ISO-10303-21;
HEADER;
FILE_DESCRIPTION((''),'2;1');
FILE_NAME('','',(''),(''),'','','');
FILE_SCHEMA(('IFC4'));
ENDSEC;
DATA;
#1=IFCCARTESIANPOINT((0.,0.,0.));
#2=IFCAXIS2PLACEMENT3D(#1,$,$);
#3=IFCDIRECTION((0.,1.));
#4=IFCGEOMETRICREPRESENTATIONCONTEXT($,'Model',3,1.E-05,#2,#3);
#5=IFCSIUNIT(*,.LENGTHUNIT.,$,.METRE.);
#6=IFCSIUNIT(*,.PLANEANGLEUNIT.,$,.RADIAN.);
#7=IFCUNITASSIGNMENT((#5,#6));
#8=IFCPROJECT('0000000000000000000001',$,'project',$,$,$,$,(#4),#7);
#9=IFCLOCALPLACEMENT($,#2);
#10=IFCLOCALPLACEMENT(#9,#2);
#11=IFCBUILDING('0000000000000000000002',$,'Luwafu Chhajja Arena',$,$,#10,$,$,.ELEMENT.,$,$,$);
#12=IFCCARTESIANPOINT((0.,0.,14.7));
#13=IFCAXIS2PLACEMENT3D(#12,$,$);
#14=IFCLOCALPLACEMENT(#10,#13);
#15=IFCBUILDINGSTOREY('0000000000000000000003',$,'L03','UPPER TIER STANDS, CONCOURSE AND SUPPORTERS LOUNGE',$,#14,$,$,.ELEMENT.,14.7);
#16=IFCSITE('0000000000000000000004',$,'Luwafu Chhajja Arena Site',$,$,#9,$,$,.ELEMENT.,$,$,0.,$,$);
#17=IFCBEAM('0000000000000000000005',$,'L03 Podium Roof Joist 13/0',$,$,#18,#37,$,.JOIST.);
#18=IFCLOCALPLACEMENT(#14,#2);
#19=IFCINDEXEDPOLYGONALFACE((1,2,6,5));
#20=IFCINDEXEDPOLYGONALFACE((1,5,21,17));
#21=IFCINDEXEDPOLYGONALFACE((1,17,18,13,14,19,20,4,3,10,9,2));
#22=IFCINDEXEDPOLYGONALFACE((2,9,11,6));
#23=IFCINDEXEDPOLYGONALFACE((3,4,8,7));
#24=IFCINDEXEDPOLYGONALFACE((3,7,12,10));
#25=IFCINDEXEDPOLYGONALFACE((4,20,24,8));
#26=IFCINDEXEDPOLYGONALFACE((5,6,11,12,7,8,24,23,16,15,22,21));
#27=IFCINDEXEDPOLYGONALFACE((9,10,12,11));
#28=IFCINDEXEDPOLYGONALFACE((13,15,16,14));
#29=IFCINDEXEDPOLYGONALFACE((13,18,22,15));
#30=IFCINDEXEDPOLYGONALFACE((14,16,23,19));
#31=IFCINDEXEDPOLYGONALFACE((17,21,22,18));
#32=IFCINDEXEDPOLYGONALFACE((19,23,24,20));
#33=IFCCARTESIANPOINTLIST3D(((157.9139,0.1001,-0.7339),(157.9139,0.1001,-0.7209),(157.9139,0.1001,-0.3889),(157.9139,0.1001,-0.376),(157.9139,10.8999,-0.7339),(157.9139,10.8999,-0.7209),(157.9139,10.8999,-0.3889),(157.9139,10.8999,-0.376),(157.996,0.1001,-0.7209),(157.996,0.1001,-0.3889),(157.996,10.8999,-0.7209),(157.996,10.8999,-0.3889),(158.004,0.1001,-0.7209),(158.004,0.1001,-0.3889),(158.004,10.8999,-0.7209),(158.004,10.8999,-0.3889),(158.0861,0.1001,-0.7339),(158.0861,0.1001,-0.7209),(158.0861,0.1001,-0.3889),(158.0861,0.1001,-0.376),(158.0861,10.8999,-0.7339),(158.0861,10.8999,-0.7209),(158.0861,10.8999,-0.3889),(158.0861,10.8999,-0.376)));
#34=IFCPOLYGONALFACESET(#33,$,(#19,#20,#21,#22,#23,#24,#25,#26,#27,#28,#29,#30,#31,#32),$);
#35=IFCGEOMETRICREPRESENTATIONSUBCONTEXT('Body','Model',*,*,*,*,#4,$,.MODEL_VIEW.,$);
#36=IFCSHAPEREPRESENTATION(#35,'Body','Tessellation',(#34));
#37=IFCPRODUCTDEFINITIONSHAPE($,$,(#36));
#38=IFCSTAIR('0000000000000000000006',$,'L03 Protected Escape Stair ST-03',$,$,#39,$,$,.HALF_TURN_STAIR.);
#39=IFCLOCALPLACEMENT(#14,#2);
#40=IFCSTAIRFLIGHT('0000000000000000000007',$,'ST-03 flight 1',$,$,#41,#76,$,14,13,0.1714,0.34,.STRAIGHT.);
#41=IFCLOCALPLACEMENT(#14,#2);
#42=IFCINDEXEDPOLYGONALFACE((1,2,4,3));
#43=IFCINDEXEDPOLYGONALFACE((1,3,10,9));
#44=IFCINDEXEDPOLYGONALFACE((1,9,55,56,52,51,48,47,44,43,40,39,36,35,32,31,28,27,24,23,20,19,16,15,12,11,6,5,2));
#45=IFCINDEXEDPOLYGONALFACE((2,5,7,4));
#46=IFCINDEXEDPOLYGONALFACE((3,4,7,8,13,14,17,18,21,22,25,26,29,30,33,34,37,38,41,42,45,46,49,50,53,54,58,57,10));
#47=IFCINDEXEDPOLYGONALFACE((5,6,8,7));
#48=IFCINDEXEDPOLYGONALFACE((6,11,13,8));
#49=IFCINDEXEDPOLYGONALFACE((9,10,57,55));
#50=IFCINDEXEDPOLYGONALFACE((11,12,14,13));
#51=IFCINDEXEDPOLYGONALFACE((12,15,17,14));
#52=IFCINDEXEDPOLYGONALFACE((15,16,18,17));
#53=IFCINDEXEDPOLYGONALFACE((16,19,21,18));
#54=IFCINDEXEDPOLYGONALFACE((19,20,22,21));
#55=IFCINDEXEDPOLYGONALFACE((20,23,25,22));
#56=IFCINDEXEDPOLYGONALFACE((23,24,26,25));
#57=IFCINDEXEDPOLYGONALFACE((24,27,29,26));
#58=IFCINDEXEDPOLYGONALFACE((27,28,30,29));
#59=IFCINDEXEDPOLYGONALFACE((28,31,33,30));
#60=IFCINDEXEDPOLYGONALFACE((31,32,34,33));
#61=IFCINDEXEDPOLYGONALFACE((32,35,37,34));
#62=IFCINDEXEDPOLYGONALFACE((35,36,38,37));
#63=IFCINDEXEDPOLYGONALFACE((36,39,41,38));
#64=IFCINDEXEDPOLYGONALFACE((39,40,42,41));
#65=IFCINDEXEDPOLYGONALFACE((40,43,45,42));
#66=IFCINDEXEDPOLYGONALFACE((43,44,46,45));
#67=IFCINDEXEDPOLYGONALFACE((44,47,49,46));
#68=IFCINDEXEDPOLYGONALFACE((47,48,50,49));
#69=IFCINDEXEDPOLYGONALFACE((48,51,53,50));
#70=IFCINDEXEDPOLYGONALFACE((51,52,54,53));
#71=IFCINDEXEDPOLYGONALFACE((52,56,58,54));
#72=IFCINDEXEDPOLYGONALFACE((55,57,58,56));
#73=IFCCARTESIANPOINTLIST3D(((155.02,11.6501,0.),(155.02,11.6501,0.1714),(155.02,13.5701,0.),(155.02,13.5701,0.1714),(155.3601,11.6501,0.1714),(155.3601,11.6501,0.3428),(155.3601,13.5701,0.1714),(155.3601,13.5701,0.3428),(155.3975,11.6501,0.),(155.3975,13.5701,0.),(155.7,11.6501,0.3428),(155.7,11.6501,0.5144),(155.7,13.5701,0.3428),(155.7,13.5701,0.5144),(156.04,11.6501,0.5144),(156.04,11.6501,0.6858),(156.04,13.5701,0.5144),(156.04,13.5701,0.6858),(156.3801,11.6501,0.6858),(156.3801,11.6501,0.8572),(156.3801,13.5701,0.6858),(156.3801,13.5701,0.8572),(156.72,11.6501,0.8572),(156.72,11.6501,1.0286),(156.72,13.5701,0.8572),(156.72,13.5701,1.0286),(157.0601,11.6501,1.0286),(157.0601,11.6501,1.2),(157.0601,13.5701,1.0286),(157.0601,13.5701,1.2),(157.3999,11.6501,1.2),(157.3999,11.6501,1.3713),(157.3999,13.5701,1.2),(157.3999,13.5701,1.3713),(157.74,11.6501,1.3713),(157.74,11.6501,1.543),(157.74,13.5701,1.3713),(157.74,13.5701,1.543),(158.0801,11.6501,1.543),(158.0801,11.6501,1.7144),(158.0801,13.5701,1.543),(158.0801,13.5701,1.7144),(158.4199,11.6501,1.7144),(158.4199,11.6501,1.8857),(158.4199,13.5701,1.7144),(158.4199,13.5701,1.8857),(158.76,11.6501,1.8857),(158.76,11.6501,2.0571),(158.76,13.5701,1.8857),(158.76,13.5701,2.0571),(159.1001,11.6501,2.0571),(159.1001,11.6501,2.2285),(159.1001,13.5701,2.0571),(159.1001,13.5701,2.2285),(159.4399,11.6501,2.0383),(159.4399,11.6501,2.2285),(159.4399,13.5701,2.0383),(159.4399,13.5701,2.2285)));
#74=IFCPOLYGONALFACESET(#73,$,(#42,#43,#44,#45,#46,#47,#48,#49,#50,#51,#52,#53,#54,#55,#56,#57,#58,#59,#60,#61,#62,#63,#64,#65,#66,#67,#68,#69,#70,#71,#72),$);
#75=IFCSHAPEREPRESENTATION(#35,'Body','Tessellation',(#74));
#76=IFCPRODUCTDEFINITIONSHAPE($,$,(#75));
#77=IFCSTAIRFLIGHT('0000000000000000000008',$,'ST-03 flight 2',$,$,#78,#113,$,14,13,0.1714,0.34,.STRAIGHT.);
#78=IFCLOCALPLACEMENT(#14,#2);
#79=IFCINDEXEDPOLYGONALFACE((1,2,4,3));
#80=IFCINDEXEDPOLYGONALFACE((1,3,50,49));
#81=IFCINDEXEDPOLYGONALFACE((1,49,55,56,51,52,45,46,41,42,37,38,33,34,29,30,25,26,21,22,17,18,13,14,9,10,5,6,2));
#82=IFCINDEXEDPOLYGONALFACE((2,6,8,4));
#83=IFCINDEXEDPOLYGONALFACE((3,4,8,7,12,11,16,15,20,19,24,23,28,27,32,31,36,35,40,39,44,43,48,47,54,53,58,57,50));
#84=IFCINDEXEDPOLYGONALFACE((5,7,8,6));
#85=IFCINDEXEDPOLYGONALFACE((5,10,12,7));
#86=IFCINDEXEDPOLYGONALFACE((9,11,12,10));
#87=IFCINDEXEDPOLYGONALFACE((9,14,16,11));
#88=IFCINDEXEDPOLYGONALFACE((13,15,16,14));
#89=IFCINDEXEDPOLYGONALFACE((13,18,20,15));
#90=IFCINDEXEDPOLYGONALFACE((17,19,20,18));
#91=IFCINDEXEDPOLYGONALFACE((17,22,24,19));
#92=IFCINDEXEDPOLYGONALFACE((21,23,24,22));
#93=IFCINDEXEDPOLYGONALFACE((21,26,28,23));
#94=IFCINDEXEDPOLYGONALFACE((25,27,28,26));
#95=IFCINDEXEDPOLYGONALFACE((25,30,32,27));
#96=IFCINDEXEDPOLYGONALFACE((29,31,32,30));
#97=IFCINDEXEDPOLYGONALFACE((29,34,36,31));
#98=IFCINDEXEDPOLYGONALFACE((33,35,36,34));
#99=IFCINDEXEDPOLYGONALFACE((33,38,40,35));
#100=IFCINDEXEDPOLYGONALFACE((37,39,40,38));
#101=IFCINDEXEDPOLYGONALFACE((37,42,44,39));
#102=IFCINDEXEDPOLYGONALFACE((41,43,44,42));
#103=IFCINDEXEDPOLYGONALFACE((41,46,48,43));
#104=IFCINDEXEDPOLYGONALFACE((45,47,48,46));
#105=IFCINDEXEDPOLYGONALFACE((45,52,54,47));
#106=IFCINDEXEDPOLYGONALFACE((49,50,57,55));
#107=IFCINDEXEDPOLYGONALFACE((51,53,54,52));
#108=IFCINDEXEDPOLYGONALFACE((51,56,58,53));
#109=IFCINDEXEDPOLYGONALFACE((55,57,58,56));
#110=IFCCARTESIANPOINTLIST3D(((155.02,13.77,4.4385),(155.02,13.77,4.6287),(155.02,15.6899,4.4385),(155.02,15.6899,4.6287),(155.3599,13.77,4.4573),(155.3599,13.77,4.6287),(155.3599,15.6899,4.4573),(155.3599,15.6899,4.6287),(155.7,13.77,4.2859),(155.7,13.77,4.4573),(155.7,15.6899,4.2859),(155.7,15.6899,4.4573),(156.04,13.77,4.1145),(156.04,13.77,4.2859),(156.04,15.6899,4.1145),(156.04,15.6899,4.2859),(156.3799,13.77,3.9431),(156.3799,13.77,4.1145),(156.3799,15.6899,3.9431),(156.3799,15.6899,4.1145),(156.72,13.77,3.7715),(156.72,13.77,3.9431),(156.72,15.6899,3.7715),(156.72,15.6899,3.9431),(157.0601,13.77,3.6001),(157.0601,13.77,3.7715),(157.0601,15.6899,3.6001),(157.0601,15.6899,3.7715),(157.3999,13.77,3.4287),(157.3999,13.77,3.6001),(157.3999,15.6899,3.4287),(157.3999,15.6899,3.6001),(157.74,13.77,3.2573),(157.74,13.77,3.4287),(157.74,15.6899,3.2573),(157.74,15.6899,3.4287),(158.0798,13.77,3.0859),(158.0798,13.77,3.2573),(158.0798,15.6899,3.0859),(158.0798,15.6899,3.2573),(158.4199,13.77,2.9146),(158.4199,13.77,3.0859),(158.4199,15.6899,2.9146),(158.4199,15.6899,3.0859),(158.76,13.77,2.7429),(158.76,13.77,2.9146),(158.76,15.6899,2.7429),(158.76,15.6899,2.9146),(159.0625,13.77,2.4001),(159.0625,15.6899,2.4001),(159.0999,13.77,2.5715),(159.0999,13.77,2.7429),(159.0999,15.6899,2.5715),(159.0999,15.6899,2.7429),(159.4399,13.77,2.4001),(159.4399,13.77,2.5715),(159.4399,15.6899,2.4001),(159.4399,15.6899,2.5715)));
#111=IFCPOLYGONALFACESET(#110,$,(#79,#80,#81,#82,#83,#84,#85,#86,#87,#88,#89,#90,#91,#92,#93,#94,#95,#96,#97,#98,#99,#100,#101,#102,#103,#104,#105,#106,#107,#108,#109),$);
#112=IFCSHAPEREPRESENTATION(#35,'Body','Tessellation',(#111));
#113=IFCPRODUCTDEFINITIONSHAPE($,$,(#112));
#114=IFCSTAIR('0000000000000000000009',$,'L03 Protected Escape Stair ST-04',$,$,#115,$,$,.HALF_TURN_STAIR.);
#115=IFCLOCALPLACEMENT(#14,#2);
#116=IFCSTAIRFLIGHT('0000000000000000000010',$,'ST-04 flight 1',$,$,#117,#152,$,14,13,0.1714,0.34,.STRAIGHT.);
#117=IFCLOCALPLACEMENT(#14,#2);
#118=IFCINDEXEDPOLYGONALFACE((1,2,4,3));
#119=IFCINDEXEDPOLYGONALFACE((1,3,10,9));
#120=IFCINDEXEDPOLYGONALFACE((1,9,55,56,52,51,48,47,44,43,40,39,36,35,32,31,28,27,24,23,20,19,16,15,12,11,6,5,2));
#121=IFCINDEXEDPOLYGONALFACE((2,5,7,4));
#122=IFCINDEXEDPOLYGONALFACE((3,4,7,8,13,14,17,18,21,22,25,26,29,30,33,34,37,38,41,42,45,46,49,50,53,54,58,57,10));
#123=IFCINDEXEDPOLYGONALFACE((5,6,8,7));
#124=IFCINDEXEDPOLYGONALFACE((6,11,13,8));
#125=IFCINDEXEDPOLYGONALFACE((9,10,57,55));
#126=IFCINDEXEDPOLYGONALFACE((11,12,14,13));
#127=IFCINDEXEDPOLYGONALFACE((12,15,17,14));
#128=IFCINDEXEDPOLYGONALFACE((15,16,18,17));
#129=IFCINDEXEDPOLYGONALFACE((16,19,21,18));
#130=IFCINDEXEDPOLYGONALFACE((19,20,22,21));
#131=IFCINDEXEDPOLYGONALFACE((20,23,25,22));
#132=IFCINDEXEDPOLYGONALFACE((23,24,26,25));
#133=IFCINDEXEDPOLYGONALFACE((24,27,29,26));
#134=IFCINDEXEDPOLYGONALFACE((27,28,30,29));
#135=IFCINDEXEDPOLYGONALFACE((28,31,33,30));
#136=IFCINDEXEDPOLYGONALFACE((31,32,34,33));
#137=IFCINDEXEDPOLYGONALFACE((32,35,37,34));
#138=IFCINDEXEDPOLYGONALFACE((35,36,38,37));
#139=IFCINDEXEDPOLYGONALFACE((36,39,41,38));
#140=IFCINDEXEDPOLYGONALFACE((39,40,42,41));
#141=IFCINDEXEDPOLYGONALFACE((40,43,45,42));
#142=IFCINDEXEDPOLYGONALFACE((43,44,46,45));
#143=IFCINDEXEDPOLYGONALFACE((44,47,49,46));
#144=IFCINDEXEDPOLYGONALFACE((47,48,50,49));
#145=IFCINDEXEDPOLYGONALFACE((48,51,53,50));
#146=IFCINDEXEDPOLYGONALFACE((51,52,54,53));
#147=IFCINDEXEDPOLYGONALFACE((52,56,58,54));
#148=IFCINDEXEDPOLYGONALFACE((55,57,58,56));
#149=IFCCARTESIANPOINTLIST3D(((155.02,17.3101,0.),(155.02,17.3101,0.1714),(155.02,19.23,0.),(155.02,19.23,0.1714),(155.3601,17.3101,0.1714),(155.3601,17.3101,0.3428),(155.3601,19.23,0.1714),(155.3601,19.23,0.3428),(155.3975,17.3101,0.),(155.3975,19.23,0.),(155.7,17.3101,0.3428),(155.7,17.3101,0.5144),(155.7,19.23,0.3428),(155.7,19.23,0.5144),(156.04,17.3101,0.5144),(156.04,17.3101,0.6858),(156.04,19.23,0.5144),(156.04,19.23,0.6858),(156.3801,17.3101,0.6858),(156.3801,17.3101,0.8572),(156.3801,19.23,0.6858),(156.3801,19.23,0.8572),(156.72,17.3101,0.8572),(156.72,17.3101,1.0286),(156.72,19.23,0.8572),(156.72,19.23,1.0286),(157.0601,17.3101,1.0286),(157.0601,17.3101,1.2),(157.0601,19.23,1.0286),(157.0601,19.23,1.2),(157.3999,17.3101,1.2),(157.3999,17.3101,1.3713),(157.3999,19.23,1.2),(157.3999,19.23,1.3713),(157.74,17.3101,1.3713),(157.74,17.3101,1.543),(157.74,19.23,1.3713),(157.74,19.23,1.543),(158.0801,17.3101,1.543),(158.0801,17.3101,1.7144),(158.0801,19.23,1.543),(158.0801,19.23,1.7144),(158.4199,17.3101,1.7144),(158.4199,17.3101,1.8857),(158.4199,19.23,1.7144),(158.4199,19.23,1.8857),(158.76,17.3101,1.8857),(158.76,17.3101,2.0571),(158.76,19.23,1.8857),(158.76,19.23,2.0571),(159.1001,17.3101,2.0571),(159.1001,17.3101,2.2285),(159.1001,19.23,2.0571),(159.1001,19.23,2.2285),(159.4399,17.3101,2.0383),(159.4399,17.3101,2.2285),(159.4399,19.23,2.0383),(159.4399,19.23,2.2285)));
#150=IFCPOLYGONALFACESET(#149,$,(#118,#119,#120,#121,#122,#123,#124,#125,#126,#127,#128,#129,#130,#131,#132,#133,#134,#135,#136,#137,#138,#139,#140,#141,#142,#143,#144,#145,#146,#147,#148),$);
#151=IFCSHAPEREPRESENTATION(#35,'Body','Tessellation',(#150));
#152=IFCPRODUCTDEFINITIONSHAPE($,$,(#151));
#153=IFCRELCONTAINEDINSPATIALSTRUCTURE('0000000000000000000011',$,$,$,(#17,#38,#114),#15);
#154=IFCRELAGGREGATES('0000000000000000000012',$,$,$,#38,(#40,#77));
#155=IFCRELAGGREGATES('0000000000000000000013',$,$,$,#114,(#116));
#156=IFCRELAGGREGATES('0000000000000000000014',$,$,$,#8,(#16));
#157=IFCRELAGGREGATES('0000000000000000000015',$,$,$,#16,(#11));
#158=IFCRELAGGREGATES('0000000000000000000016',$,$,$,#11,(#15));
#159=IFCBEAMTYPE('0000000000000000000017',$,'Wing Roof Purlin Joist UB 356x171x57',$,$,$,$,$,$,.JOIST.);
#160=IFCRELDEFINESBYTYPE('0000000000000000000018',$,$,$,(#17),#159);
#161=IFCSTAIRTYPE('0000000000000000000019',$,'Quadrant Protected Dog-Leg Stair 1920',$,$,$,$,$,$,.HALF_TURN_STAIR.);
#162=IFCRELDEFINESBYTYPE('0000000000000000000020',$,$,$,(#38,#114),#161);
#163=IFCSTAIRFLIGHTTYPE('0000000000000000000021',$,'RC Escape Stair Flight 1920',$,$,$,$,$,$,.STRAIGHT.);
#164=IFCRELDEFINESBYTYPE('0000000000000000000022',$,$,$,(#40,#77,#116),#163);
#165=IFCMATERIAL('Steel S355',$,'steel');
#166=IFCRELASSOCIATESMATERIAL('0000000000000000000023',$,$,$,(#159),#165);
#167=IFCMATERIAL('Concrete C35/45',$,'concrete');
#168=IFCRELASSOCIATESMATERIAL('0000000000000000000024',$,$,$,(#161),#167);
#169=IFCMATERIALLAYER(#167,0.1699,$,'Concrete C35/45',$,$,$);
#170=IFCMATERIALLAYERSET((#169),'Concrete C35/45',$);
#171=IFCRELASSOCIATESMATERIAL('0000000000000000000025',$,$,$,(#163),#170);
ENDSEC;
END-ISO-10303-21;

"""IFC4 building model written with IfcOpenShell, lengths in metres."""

from ifc_helpers import new_model, si_unit, direction, frame, origin, origin_2d, place, context, subcontext, project, spatial, polyline, i_section, outline, extrude, material, layer, layer_set, material_profile, profile_set, type_object, element, aggregate, save


model = new_model("IFC4")

# Units and contexts
model_context = context("Model", 3, precision=1e-05, world=origin(), true_north=direction((0.0, 1.0)))
body_context = subcontext(model_context, "Body", "Model", "MODEL_VIEW")
ifc_project = project(units=[si_unit("LENGTHUNIT", "METRE"), si_unit("PLANEANGLEUNIT", "RADIAN")], contexts=[model_context])

# Site, building, storey
site_placement = place(None, origin())
site = spatial("IfcSite", under=ifc_project, at=site_placement, Name="Luwafu Chhajja Arena Site", CompositionType="ELEMENT", RefElevation=0.0)
building_placement = place(site_placement, origin())
building = spatial("IfcBuilding", under=site, at=building_placement, Name="Luwafu Chhajja Arena", CompositionType="ELEMENT")
storey_placement = place(building_placement, frame((0.0, 0.0, 14.7)))
storey = spatial("IfcBuildingStorey", under=building, at=storey_placement, Name="L03", Description="UPPER TIER STANDS, CONCOURSE AND SUPPORTERS LOUNGE", CompositionType="ELEMENT", Elevation=14.7)

# Beam
ifc_material_1 = material(Name="Steel S355", Category="steel")
ifc_material_profile = material_profile(ifc_material_1, i_section(OverallWidth=0.1721, OverallDepth=0.3579, WebThickness=0.0081, FlangeThickness=0.0129, at=origin_2d()), Name="UB 356x171x57")
ifc_profile_set = profile_set([ifc_material_profile], Name="Steel S355")
beam_type = type_object("IfcBeamType", Name="Wing Roof Purlin Joist UB 356x171x57", PredefinedType="JOIST", material=ifc_profile_set)
beam_placement = place(storey_placement, frame((158.0, 0.1001, -0.5549), z_axis=(0.0, 1.0, 0.0), x_axis=(-1.0, 0.0, 0.0)))
element("IfcBeam", 1, at=beam_placement, inside=storey, type_object=beam_type, Name="L03 Podium Roof Joist 13/0", PredefinedType="JOIST", context=body_context, shape_type="SweptSolid", body=[
    extrude(i_section(OverallWidth=0.1721, OverallDepth=0.3579, WebThickness=0.0081, FlangeThickness=0.0129, at=origin_2d()), origin(), (0.0, 0.0, 1.0), 10.7998),
])

# Stairs, stair flights
ifc_material_2 = material(Name="Concrete C35/45", Category="concrete")
stair_type = type_object("IfcStairType", Name="Quadrant Protected Dog-Leg Stair 1920", PredefinedType="HALF_TURN_STAIR", material=ifc_material_2)
stair_1_placement = place(storey_placement, origin())
stair_1 = element("IfcStair", 2, at=stair_1_placement, inside=storey, type_object=stair_type, Name="L03 Protected Escape Stair ST-03", PredefinedType="HALF_TURN_STAIR")
ifc_layer_1 = layer(ifc_material_2, 0.1699, Name="Concrete C35/45")
ifc_layer_set_1 = layer_set([ifc_layer_1], Name="Concrete C35/45")
stair_flight_type = type_object("IfcStairFlightType", Name="RC Escape Stair Flight 1920", PredefinedType="STRAIGHT", material=ifc_layer_set_1)
stair_flight_1_placement = place(storey_placement, frame((155.02, 12.6101, 0.0), z_axis=(0.0, 0.0, 1.0), x_axis=(1.0, 0.0, 0.0)))
stair_flight_1 = element("IfcStairFlight", 3, at=stair_flight_1_placement, type_object=stair_flight_type, Name="ST-03 flight 1", NumberOfRisers=14, NumberOfTreads=13, PredefinedType="STRAIGHT", RiserHeight=0.1714, TreadLength=0.34, context=body_context, shape_type="SweptSolid", body=[
    extrude(outline(polyline([(0.0, 0.0), (0.0, 0.1714), (0.3401, 0.1714), (0.3401, 0.3428), (0.6799, 0.3428), (0.6799, 0.5144), (1.02, 0.5144), (1.02, 0.6858), (1.3601, 0.6858), (1.3601, 0.8572), (1.7, 0.8572), (1.7, 1.0286), (2.04, 1.0286), (2.04, 1.2), (2.3799, 1.2), (2.3799, 1.3713), (2.72, 1.3713), (2.72, 1.543), (3.0601, 1.543), (3.0601, 1.7144), (3.3999, 1.7144), (3.3999, 1.8857), (3.74, 1.8857), (3.74, 2.0571), (4.0801, 2.0571), (4.0801, 2.2285), (4.4199, 2.2285), (4.4199, 2.3999), (4.4199, 2.0383), (0.3774, 0.0), (0.0, 0.0)])), frame((0.0, 0.96, 0.0), z_axis=(0.0, -1.0, 0.0), x_axis=(1.0, 0.0, 0.0)), (0.0, 0.0, 1.0), 1.9199),
])
stair_flight_2_placement = place(storey_placement, frame((159.4399, 14.73, 2.4001), z_axis=(0.0, 0.0, 1.0), x_axis=(-1.0, 0.0, 0.0)))
stair_flight_2 = element("IfcStairFlight", 4, at=stair_flight_2_placement, type_object=stair_flight_type, Name="ST-03 flight 2", NumberOfRisers=14, NumberOfTreads=13, PredefinedType="STRAIGHT", RiserHeight=0.1714, TreadLength=0.34, context=body_context, shape_type="SweptSolid", body=[
    extrude(outline(polyline([(0.0, 0.0), (0.0, 0.1714), (0.3401, 0.1714), (0.3401, 0.3428), (0.6799, 0.3428), (0.6799, 0.5144), (1.02, 0.5144), (1.02, 0.6858), (1.3601, 0.6858), (1.3601, 0.8572), (1.7, 0.8572), (1.7, 1.0286), (2.04, 1.0286), (2.04, 1.2), (2.3799, 1.2), (2.3799, 1.3713), (2.72, 1.3713), (2.72, 1.543), (3.0601, 1.543), (3.0601, 1.7144), (3.3999, 1.7144), (3.3999, 1.8857), (3.74, 1.8857), (3.74, 2.0571), (4.0801, 2.0571), (4.0801, 2.2285), (4.4199, 2.2285), (4.4199, 2.3999), (4.4199, 2.0383), (0.3774, 0.0), (0.0, 0.0)])), frame((0.0, 0.96, 0.0), z_axis=(0.0, -1.0, 0.0), x_axis=(1.0, 0.0, 0.0)), (0.0, 0.0, 1.0), 1.9199),
])
aggregate(stair_1, [stair_flight_1, stair_flight_2])
stair_2_placement = place(storey_placement, origin())
stair_2 = element("IfcStair", 5, at=stair_2_placement, inside=storey, type_object=stair_type, Name="L03 Protected Escape Stair ST-04", PredefinedType="HALF_TURN_STAIR")
stair_flight_3_placement = place(storey_placement, frame((155.02, 18.27, 0.0), z_axis=(0.0, 0.0, 1.0), x_axis=(1.0, 0.0, 0.0)))
stair_flight_3 = element("IfcStairFlight", 6, at=stair_flight_3_placement, type_object=stair_flight_type, Name="ST-04 flight 1", NumberOfRisers=14, NumberOfTreads=13, PredefinedType="STRAIGHT", RiserHeight=0.1714, TreadLength=0.34, context=body_context, shape_type="SweptSolid", body=[
    extrude(outline(polyline([(0.0, 0.0), (0.0, 0.1714), (0.3401, 0.1714), (0.3401, 0.3428), (0.6799, 0.3428), (0.6799, 0.5144), (1.02, 0.5144), (1.02, 0.6858), (1.3601, 0.6858), (1.3601, 0.8572), (1.7, 0.8572), (1.7, 1.0286), (2.04, 1.0286), (2.04, 1.2), (2.3799, 1.2), (2.3799, 1.3713), (2.72, 1.3713), (2.72, 1.543), (3.0601, 1.543), (3.0601, 1.7144), (3.3999, 1.7144), (3.3999, 1.8857), (3.74, 1.8857), (3.74, 2.0571), (4.0801, 2.0571), (4.0801, 2.2285), (4.4199, 2.2285), (4.4199, 2.3999), (4.4199, 2.0383), (0.3774, 0.0), (0.0, 0.0)])), frame((0.0, 0.96, 0.0), z_axis=(0.0, -1.0, 0.0), x_axis=(1.0, 0.0, 0.0)), (0.0, 0.0, 1.0), 1.9199),
])
aggregate(stair_2, [stair_flight_3])

save(model, "model.ifc")
